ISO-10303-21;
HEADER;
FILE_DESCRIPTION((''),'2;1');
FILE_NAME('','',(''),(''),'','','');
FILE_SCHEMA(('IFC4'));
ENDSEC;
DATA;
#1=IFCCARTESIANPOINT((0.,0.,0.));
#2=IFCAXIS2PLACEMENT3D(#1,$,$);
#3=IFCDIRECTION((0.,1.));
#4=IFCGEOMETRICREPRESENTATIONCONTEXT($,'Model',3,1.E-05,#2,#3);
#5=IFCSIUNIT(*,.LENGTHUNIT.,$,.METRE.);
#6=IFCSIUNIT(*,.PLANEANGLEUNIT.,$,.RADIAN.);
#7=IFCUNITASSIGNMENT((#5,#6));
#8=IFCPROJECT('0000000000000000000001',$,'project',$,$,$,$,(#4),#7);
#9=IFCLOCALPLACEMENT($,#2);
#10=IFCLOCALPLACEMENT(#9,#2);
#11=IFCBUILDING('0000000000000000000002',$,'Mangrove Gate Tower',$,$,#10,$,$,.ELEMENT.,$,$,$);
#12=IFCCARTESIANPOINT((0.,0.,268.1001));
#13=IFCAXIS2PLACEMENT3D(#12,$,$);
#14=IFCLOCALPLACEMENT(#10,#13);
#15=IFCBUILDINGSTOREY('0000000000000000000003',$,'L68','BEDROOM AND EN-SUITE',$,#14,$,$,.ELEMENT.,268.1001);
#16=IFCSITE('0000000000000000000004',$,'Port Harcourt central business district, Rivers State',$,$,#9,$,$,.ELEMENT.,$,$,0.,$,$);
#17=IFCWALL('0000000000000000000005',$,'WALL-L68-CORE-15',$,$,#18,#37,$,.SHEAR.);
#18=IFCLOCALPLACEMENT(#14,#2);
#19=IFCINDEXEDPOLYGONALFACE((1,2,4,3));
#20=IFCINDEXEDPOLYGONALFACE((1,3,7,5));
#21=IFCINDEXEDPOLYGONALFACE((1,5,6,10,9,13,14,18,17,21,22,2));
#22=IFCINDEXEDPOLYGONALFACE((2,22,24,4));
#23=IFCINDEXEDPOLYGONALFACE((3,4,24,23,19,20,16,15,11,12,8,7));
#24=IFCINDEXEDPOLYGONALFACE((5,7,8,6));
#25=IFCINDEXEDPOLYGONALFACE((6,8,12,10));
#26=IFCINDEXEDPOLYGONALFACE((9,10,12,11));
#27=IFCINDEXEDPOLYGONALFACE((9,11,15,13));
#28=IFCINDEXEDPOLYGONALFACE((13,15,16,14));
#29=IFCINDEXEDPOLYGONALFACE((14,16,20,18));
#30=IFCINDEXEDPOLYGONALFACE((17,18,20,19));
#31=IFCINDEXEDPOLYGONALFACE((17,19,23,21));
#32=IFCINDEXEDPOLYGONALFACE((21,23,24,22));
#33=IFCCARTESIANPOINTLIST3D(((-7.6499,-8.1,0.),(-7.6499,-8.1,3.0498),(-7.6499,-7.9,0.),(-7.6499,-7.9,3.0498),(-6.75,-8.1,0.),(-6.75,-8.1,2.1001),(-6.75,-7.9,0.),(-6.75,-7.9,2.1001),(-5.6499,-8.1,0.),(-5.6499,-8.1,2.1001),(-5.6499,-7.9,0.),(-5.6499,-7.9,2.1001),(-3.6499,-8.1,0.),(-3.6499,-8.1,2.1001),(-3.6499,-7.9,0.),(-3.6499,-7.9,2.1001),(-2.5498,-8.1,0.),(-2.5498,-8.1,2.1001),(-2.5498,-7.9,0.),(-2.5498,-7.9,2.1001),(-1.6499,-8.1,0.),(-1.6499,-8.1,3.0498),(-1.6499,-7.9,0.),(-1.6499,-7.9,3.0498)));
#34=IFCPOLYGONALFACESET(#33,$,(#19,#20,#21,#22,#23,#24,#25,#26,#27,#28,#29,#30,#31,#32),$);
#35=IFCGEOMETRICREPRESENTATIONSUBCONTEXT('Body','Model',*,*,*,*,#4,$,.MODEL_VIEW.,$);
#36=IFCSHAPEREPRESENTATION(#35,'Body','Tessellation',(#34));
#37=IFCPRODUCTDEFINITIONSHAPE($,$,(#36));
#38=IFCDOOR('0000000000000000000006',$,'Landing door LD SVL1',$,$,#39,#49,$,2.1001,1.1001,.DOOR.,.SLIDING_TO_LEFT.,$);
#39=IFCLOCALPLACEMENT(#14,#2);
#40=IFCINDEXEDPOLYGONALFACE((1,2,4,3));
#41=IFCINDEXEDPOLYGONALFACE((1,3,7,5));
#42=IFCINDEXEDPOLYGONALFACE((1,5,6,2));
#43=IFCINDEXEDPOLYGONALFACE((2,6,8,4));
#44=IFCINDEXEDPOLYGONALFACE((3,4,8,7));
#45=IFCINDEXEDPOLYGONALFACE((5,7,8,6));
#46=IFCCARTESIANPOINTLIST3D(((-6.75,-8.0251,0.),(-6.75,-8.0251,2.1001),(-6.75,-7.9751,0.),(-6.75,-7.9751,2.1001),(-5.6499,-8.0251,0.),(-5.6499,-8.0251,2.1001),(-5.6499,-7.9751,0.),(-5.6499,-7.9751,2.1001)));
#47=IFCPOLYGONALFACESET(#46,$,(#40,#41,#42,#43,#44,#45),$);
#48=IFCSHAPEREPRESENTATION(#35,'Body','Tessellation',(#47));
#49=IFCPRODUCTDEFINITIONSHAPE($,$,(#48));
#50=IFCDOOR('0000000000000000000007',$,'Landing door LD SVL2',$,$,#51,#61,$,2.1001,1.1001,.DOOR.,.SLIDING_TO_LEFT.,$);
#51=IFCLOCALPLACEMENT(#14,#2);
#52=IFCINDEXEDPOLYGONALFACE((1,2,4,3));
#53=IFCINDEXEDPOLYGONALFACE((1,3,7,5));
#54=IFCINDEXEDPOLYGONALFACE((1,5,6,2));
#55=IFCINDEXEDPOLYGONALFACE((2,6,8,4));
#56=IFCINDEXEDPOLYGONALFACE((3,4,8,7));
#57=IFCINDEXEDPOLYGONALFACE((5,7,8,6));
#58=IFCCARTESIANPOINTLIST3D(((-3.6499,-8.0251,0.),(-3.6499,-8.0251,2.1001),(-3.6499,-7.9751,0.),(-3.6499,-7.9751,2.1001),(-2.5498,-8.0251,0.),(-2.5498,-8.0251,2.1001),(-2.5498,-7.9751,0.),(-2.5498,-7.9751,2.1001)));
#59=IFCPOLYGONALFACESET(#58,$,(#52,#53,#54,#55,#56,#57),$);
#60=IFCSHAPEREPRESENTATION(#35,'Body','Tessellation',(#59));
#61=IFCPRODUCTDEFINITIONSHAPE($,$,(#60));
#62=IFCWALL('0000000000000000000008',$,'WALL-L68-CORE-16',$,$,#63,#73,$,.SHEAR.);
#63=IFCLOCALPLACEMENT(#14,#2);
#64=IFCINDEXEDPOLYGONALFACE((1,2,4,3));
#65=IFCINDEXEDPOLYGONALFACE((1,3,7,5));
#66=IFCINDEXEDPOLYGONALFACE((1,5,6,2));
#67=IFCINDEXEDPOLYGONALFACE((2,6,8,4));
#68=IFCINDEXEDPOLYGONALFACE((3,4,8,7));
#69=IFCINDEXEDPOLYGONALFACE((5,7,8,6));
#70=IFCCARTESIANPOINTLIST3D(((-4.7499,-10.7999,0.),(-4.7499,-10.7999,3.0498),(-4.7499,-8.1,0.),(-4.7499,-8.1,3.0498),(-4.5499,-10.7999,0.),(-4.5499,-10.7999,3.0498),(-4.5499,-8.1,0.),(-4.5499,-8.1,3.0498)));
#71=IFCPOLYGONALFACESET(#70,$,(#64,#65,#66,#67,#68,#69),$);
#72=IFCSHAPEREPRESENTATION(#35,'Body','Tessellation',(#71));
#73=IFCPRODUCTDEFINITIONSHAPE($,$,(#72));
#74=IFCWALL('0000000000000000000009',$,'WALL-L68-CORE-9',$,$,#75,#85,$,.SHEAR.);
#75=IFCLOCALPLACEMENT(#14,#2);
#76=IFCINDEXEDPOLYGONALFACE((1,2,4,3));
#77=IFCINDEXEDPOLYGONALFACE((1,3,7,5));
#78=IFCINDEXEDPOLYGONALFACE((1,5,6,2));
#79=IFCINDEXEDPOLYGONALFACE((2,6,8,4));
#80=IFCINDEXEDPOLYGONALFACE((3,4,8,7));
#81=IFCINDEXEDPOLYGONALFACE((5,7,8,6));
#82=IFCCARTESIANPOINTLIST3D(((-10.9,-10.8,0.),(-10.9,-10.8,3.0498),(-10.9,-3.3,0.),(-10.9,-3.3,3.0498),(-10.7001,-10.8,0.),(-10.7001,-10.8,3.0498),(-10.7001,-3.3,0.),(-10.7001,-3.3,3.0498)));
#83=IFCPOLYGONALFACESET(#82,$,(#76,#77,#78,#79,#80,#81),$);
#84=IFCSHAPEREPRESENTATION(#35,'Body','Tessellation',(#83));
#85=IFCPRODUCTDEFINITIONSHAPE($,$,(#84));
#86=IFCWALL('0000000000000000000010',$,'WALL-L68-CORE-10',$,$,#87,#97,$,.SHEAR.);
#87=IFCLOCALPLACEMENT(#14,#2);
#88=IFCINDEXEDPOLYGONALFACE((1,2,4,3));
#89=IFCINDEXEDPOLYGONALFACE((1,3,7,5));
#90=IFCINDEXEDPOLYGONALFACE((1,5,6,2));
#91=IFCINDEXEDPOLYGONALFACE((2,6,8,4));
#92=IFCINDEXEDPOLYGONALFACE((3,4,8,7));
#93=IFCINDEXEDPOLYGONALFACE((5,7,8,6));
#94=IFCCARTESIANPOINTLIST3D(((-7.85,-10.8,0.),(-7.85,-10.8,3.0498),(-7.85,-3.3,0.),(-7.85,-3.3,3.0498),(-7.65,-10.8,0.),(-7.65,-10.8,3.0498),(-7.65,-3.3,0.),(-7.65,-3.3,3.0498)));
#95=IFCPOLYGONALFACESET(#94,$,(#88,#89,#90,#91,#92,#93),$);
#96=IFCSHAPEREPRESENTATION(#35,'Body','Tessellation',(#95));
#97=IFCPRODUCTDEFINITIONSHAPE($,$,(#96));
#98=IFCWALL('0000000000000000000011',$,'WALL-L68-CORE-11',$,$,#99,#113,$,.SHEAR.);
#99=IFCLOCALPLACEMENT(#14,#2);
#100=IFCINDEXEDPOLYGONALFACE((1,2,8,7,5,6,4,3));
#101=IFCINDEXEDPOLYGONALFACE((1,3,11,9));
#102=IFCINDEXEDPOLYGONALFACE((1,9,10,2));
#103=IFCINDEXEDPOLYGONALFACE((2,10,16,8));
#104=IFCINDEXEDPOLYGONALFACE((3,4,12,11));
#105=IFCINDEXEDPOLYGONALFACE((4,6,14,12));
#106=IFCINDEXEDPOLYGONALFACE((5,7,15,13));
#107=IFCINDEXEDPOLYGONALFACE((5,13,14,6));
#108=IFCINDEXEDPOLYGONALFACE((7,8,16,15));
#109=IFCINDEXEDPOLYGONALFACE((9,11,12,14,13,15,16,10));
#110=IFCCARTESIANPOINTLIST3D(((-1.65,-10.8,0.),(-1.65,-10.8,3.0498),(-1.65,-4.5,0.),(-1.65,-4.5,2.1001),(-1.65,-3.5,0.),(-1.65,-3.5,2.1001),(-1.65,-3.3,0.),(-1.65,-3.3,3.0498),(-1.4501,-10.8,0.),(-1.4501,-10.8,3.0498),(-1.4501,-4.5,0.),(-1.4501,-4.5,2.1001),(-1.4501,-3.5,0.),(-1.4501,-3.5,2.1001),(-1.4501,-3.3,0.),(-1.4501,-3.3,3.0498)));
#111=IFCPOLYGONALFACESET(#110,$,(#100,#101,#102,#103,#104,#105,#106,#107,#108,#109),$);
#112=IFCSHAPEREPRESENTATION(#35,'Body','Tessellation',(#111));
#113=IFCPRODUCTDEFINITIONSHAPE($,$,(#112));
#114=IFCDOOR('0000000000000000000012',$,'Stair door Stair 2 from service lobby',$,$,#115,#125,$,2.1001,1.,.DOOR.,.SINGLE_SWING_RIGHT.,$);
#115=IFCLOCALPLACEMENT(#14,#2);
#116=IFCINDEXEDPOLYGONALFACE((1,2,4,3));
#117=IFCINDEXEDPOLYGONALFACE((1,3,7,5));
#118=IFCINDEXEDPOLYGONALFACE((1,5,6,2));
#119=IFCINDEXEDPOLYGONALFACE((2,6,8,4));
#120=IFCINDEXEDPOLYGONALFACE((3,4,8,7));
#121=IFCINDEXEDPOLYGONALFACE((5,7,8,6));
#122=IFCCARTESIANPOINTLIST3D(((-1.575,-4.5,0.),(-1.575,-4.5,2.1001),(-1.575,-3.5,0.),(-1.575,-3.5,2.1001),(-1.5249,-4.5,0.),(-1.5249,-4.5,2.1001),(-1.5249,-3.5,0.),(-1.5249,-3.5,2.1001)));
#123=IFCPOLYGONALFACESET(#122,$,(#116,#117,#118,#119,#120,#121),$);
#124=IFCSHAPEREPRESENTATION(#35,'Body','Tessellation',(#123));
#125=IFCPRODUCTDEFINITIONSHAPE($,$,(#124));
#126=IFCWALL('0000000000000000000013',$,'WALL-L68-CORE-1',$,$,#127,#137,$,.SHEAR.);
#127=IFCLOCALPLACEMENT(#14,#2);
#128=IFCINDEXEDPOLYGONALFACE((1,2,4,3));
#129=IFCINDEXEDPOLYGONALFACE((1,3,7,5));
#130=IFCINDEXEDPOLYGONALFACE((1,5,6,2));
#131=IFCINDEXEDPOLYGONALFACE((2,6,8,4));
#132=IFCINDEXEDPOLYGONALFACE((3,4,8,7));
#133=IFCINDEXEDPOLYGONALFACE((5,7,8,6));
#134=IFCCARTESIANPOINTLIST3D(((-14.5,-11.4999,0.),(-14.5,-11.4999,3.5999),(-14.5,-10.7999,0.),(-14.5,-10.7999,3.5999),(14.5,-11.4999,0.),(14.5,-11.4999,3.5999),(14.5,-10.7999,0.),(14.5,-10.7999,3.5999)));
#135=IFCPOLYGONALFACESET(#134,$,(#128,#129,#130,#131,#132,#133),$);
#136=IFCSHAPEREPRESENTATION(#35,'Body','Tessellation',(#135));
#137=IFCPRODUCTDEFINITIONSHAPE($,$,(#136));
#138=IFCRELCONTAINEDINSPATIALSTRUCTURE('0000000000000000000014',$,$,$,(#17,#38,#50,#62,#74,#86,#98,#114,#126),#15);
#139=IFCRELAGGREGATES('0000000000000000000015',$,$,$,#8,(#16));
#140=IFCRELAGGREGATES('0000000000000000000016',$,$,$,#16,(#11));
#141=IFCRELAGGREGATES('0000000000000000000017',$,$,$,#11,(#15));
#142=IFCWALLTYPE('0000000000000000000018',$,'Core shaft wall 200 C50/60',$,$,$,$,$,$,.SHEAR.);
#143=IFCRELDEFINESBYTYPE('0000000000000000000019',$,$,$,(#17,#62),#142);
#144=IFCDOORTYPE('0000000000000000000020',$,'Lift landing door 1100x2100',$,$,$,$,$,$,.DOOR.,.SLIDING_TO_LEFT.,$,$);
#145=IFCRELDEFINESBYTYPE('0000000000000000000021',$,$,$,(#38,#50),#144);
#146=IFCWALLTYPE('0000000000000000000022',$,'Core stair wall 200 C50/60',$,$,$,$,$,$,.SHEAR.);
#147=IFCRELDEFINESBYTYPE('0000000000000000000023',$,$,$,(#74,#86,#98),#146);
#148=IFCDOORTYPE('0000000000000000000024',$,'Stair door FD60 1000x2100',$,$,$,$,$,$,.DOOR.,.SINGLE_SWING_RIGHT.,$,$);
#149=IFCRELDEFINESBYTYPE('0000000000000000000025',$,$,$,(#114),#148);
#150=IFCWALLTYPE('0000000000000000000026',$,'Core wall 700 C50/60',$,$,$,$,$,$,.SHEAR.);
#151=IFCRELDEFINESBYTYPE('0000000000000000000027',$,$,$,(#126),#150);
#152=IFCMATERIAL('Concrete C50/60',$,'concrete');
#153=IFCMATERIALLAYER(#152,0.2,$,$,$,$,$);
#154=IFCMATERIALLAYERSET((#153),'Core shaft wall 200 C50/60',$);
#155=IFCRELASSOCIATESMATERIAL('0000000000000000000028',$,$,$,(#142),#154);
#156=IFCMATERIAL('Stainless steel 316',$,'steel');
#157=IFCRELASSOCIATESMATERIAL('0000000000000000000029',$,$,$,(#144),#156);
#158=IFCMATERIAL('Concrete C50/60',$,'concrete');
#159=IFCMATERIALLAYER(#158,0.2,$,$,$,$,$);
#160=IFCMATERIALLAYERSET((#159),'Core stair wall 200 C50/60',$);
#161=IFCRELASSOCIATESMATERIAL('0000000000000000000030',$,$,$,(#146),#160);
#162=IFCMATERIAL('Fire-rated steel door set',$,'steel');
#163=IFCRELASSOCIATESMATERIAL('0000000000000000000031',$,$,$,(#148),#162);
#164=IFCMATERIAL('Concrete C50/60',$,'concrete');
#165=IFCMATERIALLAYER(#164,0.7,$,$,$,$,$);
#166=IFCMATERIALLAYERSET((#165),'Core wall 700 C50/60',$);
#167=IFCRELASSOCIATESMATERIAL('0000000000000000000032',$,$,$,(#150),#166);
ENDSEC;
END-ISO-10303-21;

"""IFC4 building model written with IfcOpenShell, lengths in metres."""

from ifc_helpers import new_model, si_unit, direction, frame, frame_2d, origin, place, context, subcontext, project, spatial, rectangle, extrude, material, layer, layer_set, type_object, element, fill, save


model = new_model("IFC4")

# Units and contexts
model_context = context("Model", 3, precision=1e-05, world=origin(), true_north=direction((0.0, 1.0)))
body_context = subcontext(model_context, "Body", "Model", "MODEL_VIEW")
ifc_project = project(units=[si_unit("LENGTHUNIT", "METRE"), si_unit("PLANEANGLEUNIT", "RADIAN")], contexts=[model_context])

# Site, building, storey
site_placement = place(None, origin())
site = spatial("IfcSite", under=ifc_project, at=site_placement, Name="Port Harcourt central business district, Rivers State", CompositionType="ELEMENT", RefElevation=0.0)
building_placement = place(site_placement, origin())
building = spatial("IfcBuilding", under=site, at=building_placement, Name="Mangrove Gate Tower", CompositionType="ELEMENT")
storey_placement = place(building_placement, frame((0.0, 0.0, 268.1001)))
storey = spatial("IfcBuildingStorey", under=building, at=storey_placement, Name="L68", Description="BEDROOM AND EN-SUITE", CompositionType="ELEMENT", Elevation=268.1001)

# Wall, openings, doors
ifc_material_1 = material(Name="Concrete C50/60", Category="concrete")
ifc_layer_1 = layer(ifc_material_1, 0.2)
ifc_layer_set_1 = layer_set([ifc_layer_1], Name="Core shaft wall 200 C50/60")
wall_type_1 = type_object("IfcWallType", Name="Core shaft wall 200 C50/60", PredefinedType="SHEAR", material=ifc_layer_set_1)
wall_1_placement = place(storey_placement, frame((-7.6499, -8.0, 0.0), z_axis=(0.0, 0.0, 1.0), x_axis=(1.0, 0.0, 0.0)))
wall_1 = element("IfcWall", 1, at=wall_1_placement, inside=storey, type_object=wall_type_1, Name="WALL-L68-CORE-15", PredefinedType="SHEAR", context=body_context, shape_type="SweptSolid", body=[
    extrude(rectangle(XDim=6.0, YDim=0.2, at=frame_2d((3.0, 0.0))), origin(), (0.0, 0.0, 1.0), 3.0498),
])
opening_1_placement = place(wall_1_placement, frame((0.8999, 0.0, 0.0)))
opening_1 = element("IfcOpeningElement", 2, at=opening_1_placement, cuts=wall_1, PredefinedType="OPENING", context=body_context, shape_type="SweptSolid", body=[
    extrude(rectangle(XDim=1.1001, YDim=2.1001, at=frame_2d((0.55, 1.05))), frame((0.0, 0.1099, 0.0), z_axis=(0.0, -1.0, 0.0), x_axis=(1.0, 0.0, 0.0)), (0.0, 0.0, 1.0), 0.22),
])
opening_2_placement = place(wall_1_placement, frame((4.0, 0.0, 0.0)))
opening_2 = element("IfcOpeningElement", 3, at=opening_2_placement, cuts=wall_1, PredefinedType="OPENING", context=body_context, shape_type="SweptSolid", body=[
    extrude(rectangle(XDim=1.1001, YDim=2.1001, at=frame_2d((0.55, 1.05))), frame((0.0, 0.1099, 0.0), z_axis=(0.0, -1.0, 0.0), x_axis=(1.0, 0.0, 0.0)), (0.0, 0.0, 1.0), 0.22),
])
ifc_material_2 = material(Name="Stainless steel 316", Category="steel")
door_type_1 = type_object("IfcDoorType", Name="Lift landing door 1100x2100", OperationType="SLIDING_TO_LEFT", PredefinedType="DOOR", material=ifc_material_2)
door_1_placement = place(opening_1_placement, origin())
door_1 = element("IfcDoor", 4, at=door_1_placement, inside=storey, type_object=door_type_1, Name="Landing door LD SVL1", OperationType="SLIDING_TO_LEFT", OverallHeight=2.1001, OverallWidth=1.1001, PredefinedType="DOOR", context=body_context, shape_type="SweptSolid", body=[
    extrude(rectangle(XDim=1.1001, YDim=2.1001, at=frame_2d((0.55, 1.05))), frame((0.0, 0.0249, 0.0), z_axis=(0.0, -1.0, 0.0), x_axis=(1.0, 0.0, 0.0)), (0.0, 0.0, 1.0), 0.05),
])
fill(opening_1, door_1)
door_2_placement = place(opening_2_placement, origin())
door_2 = element("IfcDoor", 5, at=door_2_placement, inside=storey, type_object=door_type_1, Name="Landing door LD SVL2", OperationType="SLIDING_TO_LEFT", OverallHeight=2.1001, OverallWidth=1.1001, PredefinedType="DOOR", context=body_context, shape_type="SweptSolid", body=[
    extrude(rectangle(XDim=1.1001, YDim=2.1001, at=frame_2d((0.55, 1.05))), frame((0.0, 0.0249, 0.0), z_axis=(0.0, -1.0, 0.0), x_axis=(1.0, 0.0, 0.0)), (0.0, 0.0, 1.0), 0.05),
])
fill(opening_2, door_2)

# Walls
wall_2_placement = place(storey_placement, frame((-4.6499, -10.8, 0.0), z_axis=(0.0, 0.0, 1.0), x_axis=(0.0, 1.0, 0.0)))
element("IfcWall", 6, at=wall_2_placement, inside=storey, type_object=wall_type_1, Name="WALL-L68-CORE-16", PredefinedType="SHEAR", context=body_context, shape_type="SweptSolid", body=[
    extrude(rectangle(XDim=2.7, YDim=0.2, at=frame_2d((1.3501, 0.0))), origin(), (0.0, 0.0, 1.0), 3.0498),
])
ifc_material_3 = material(Name="Concrete C50/60", Category="concrete")
ifc_layer_2 = layer(ifc_material_3, 0.2)
ifc_layer_set_2 = layer_set([ifc_layer_2], Name="Core stair wall 200 C50/60")
wall_type_2 = type_object("IfcWallType", Name="Core stair wall 200 C50/60", PredefinedType="SHEAR", material=ifc_layer_set_2)
for number, where, z_axis, x_axis, name in (
    (7, (-10.8, -10.8, 0.0), (0.0, 0.0, 1.0), (0.0, 1.0, 0.0), "WALL-L68-CORE-9"),
    (8, (-7.75, -10.8, 0.0), (0.0, 0.0, 1.0), (0.0, 1.0, 0.0), "WALL-L68-CORE-10"),
):
    element("IfcWall", number, at=place(storey_placement, frame(where, z_axis=z_axis, x_axis=x_axis)), inside=storey, type_object=wall_type_2, Name=name, PredefinedType="SHEAR", context=body_context, shape_type="SweptSolid", body=[
        extrude(rectangle(XDim=7.5, YDim=0.2, at=frame_2d((3.75, 0.0))), origin(), (0.0, 0.0, 1.0), 3.0498),
    ])

# Wall, opening, door
wall_3_placement = place(storey_placement, frame((-1.55, -10.8, 0.0), z_axis=(0.0, 0.0, 1.0), x_axis=(0.0, 1.0, 0.0)))
wall_3 = element("IfcWall", 9, at=wall_3_placement, inside=storey, type_object=wall_type_2, Name="WALL-L68-CORE-11", PredefinedType="SHEAR", context=body_context, shape_type="SweptSolid", body=[
    extrude(rectangle(XDim=7.5, YDim=0.2, at=frame_2d((3.75, 0.0))), origin(), (0.0, 0.0, 1.0), 3.0498),
])
opening_3_placement = place(wall_3_placement, frame((6.3, 0.0, 0.0)))
opening_3 = element("IfcOpeningElement", 10, at=opening_3_placement, cuts=wall_3, PredefinedType="OPENING", context=body_context, shape_type="SweptSolid", body=[
    extrude(rectangle(XDim=1.0, YDim=2.1001, at=frame_2d((0.5, 1.05))), frame((0.0, 0.1099, 0.0), z_axis=(0.0, -1.0, 0.0), x_axis=(1.0, 0.0, 0.0)), (0.0, 0.0, 1.0), 0.22),
])
ifc_material_4 = material(Name="Fire-rated steel door set", Category="steel")
door_type_2 = type_object("IfcDoorType", Name="Stair door FD60 1000x2100", OperationType="SINGLE_SWING_RIGHT", PredefinedType="DOOR", material=ifc_material_4)
door_3_placement = place(opening_3_placement, origin())
door_3 = element("IfcDoor", 11, at=door_3_placement, inside=storey, type_object=door_type_2, Name="Stair door Stair 2 from service lobby", OperationType="SINGLE_SWING_RIGHT", OverallHeight=2.1001, OverallWidth=1.0, PredefinedType="DOOR", context=body_context, shape_type="SweptSolid", body=[
    extrude(rectangle(XDim=1.0, YDim=2.1001, at=frame_2d((0.5, 1.05))), frame((0.0, 0.0249, 0.0), z_axis=(0.0, -1.0, 0.0), x_axis=(1.0, 0.0, 0.0)), (0.0, 0.0, 1.0), 0.05),
])
fill(opening_3, door_3)

# Wall
ifc_material_5 = material(Name="Concrete C50/60", Category="concrete")
ifc_layer_3 = layer(ifc_material_5, 0.7)
ifc_layer_set_3 = layer_set([ifc_layer_3], Name="Core wall 700 C50/60")
wall_type_3 = type_object("IfcWallType", Name="Core wall 700 C50/60", PredefinedType="SHEAR", material=ifc_layer_set_3)
wall_4_placement = place(storey_placement, frame((-14.5, -11.1499, 0.0), z_axis=(0.0, 0.0, 1.0), x_axis=(1.0, 0.0, 0.0)))
element("IfcWall", 12, at=wall_4_placement, inside=storey, type_object=wall_type_3, Name="WALL-L68-CORE-1", PredefinedType="SHEAR", context=body_context, shape_type="SweptSolid", body=[
    extrude(rectangle(XDim=29.0, YDim=0.7, at=frame_2d((14.5, 0.0))), origin(), (0.0, 0.0, 1.0), 3.5999),
])

save(model, "model.ifc")
